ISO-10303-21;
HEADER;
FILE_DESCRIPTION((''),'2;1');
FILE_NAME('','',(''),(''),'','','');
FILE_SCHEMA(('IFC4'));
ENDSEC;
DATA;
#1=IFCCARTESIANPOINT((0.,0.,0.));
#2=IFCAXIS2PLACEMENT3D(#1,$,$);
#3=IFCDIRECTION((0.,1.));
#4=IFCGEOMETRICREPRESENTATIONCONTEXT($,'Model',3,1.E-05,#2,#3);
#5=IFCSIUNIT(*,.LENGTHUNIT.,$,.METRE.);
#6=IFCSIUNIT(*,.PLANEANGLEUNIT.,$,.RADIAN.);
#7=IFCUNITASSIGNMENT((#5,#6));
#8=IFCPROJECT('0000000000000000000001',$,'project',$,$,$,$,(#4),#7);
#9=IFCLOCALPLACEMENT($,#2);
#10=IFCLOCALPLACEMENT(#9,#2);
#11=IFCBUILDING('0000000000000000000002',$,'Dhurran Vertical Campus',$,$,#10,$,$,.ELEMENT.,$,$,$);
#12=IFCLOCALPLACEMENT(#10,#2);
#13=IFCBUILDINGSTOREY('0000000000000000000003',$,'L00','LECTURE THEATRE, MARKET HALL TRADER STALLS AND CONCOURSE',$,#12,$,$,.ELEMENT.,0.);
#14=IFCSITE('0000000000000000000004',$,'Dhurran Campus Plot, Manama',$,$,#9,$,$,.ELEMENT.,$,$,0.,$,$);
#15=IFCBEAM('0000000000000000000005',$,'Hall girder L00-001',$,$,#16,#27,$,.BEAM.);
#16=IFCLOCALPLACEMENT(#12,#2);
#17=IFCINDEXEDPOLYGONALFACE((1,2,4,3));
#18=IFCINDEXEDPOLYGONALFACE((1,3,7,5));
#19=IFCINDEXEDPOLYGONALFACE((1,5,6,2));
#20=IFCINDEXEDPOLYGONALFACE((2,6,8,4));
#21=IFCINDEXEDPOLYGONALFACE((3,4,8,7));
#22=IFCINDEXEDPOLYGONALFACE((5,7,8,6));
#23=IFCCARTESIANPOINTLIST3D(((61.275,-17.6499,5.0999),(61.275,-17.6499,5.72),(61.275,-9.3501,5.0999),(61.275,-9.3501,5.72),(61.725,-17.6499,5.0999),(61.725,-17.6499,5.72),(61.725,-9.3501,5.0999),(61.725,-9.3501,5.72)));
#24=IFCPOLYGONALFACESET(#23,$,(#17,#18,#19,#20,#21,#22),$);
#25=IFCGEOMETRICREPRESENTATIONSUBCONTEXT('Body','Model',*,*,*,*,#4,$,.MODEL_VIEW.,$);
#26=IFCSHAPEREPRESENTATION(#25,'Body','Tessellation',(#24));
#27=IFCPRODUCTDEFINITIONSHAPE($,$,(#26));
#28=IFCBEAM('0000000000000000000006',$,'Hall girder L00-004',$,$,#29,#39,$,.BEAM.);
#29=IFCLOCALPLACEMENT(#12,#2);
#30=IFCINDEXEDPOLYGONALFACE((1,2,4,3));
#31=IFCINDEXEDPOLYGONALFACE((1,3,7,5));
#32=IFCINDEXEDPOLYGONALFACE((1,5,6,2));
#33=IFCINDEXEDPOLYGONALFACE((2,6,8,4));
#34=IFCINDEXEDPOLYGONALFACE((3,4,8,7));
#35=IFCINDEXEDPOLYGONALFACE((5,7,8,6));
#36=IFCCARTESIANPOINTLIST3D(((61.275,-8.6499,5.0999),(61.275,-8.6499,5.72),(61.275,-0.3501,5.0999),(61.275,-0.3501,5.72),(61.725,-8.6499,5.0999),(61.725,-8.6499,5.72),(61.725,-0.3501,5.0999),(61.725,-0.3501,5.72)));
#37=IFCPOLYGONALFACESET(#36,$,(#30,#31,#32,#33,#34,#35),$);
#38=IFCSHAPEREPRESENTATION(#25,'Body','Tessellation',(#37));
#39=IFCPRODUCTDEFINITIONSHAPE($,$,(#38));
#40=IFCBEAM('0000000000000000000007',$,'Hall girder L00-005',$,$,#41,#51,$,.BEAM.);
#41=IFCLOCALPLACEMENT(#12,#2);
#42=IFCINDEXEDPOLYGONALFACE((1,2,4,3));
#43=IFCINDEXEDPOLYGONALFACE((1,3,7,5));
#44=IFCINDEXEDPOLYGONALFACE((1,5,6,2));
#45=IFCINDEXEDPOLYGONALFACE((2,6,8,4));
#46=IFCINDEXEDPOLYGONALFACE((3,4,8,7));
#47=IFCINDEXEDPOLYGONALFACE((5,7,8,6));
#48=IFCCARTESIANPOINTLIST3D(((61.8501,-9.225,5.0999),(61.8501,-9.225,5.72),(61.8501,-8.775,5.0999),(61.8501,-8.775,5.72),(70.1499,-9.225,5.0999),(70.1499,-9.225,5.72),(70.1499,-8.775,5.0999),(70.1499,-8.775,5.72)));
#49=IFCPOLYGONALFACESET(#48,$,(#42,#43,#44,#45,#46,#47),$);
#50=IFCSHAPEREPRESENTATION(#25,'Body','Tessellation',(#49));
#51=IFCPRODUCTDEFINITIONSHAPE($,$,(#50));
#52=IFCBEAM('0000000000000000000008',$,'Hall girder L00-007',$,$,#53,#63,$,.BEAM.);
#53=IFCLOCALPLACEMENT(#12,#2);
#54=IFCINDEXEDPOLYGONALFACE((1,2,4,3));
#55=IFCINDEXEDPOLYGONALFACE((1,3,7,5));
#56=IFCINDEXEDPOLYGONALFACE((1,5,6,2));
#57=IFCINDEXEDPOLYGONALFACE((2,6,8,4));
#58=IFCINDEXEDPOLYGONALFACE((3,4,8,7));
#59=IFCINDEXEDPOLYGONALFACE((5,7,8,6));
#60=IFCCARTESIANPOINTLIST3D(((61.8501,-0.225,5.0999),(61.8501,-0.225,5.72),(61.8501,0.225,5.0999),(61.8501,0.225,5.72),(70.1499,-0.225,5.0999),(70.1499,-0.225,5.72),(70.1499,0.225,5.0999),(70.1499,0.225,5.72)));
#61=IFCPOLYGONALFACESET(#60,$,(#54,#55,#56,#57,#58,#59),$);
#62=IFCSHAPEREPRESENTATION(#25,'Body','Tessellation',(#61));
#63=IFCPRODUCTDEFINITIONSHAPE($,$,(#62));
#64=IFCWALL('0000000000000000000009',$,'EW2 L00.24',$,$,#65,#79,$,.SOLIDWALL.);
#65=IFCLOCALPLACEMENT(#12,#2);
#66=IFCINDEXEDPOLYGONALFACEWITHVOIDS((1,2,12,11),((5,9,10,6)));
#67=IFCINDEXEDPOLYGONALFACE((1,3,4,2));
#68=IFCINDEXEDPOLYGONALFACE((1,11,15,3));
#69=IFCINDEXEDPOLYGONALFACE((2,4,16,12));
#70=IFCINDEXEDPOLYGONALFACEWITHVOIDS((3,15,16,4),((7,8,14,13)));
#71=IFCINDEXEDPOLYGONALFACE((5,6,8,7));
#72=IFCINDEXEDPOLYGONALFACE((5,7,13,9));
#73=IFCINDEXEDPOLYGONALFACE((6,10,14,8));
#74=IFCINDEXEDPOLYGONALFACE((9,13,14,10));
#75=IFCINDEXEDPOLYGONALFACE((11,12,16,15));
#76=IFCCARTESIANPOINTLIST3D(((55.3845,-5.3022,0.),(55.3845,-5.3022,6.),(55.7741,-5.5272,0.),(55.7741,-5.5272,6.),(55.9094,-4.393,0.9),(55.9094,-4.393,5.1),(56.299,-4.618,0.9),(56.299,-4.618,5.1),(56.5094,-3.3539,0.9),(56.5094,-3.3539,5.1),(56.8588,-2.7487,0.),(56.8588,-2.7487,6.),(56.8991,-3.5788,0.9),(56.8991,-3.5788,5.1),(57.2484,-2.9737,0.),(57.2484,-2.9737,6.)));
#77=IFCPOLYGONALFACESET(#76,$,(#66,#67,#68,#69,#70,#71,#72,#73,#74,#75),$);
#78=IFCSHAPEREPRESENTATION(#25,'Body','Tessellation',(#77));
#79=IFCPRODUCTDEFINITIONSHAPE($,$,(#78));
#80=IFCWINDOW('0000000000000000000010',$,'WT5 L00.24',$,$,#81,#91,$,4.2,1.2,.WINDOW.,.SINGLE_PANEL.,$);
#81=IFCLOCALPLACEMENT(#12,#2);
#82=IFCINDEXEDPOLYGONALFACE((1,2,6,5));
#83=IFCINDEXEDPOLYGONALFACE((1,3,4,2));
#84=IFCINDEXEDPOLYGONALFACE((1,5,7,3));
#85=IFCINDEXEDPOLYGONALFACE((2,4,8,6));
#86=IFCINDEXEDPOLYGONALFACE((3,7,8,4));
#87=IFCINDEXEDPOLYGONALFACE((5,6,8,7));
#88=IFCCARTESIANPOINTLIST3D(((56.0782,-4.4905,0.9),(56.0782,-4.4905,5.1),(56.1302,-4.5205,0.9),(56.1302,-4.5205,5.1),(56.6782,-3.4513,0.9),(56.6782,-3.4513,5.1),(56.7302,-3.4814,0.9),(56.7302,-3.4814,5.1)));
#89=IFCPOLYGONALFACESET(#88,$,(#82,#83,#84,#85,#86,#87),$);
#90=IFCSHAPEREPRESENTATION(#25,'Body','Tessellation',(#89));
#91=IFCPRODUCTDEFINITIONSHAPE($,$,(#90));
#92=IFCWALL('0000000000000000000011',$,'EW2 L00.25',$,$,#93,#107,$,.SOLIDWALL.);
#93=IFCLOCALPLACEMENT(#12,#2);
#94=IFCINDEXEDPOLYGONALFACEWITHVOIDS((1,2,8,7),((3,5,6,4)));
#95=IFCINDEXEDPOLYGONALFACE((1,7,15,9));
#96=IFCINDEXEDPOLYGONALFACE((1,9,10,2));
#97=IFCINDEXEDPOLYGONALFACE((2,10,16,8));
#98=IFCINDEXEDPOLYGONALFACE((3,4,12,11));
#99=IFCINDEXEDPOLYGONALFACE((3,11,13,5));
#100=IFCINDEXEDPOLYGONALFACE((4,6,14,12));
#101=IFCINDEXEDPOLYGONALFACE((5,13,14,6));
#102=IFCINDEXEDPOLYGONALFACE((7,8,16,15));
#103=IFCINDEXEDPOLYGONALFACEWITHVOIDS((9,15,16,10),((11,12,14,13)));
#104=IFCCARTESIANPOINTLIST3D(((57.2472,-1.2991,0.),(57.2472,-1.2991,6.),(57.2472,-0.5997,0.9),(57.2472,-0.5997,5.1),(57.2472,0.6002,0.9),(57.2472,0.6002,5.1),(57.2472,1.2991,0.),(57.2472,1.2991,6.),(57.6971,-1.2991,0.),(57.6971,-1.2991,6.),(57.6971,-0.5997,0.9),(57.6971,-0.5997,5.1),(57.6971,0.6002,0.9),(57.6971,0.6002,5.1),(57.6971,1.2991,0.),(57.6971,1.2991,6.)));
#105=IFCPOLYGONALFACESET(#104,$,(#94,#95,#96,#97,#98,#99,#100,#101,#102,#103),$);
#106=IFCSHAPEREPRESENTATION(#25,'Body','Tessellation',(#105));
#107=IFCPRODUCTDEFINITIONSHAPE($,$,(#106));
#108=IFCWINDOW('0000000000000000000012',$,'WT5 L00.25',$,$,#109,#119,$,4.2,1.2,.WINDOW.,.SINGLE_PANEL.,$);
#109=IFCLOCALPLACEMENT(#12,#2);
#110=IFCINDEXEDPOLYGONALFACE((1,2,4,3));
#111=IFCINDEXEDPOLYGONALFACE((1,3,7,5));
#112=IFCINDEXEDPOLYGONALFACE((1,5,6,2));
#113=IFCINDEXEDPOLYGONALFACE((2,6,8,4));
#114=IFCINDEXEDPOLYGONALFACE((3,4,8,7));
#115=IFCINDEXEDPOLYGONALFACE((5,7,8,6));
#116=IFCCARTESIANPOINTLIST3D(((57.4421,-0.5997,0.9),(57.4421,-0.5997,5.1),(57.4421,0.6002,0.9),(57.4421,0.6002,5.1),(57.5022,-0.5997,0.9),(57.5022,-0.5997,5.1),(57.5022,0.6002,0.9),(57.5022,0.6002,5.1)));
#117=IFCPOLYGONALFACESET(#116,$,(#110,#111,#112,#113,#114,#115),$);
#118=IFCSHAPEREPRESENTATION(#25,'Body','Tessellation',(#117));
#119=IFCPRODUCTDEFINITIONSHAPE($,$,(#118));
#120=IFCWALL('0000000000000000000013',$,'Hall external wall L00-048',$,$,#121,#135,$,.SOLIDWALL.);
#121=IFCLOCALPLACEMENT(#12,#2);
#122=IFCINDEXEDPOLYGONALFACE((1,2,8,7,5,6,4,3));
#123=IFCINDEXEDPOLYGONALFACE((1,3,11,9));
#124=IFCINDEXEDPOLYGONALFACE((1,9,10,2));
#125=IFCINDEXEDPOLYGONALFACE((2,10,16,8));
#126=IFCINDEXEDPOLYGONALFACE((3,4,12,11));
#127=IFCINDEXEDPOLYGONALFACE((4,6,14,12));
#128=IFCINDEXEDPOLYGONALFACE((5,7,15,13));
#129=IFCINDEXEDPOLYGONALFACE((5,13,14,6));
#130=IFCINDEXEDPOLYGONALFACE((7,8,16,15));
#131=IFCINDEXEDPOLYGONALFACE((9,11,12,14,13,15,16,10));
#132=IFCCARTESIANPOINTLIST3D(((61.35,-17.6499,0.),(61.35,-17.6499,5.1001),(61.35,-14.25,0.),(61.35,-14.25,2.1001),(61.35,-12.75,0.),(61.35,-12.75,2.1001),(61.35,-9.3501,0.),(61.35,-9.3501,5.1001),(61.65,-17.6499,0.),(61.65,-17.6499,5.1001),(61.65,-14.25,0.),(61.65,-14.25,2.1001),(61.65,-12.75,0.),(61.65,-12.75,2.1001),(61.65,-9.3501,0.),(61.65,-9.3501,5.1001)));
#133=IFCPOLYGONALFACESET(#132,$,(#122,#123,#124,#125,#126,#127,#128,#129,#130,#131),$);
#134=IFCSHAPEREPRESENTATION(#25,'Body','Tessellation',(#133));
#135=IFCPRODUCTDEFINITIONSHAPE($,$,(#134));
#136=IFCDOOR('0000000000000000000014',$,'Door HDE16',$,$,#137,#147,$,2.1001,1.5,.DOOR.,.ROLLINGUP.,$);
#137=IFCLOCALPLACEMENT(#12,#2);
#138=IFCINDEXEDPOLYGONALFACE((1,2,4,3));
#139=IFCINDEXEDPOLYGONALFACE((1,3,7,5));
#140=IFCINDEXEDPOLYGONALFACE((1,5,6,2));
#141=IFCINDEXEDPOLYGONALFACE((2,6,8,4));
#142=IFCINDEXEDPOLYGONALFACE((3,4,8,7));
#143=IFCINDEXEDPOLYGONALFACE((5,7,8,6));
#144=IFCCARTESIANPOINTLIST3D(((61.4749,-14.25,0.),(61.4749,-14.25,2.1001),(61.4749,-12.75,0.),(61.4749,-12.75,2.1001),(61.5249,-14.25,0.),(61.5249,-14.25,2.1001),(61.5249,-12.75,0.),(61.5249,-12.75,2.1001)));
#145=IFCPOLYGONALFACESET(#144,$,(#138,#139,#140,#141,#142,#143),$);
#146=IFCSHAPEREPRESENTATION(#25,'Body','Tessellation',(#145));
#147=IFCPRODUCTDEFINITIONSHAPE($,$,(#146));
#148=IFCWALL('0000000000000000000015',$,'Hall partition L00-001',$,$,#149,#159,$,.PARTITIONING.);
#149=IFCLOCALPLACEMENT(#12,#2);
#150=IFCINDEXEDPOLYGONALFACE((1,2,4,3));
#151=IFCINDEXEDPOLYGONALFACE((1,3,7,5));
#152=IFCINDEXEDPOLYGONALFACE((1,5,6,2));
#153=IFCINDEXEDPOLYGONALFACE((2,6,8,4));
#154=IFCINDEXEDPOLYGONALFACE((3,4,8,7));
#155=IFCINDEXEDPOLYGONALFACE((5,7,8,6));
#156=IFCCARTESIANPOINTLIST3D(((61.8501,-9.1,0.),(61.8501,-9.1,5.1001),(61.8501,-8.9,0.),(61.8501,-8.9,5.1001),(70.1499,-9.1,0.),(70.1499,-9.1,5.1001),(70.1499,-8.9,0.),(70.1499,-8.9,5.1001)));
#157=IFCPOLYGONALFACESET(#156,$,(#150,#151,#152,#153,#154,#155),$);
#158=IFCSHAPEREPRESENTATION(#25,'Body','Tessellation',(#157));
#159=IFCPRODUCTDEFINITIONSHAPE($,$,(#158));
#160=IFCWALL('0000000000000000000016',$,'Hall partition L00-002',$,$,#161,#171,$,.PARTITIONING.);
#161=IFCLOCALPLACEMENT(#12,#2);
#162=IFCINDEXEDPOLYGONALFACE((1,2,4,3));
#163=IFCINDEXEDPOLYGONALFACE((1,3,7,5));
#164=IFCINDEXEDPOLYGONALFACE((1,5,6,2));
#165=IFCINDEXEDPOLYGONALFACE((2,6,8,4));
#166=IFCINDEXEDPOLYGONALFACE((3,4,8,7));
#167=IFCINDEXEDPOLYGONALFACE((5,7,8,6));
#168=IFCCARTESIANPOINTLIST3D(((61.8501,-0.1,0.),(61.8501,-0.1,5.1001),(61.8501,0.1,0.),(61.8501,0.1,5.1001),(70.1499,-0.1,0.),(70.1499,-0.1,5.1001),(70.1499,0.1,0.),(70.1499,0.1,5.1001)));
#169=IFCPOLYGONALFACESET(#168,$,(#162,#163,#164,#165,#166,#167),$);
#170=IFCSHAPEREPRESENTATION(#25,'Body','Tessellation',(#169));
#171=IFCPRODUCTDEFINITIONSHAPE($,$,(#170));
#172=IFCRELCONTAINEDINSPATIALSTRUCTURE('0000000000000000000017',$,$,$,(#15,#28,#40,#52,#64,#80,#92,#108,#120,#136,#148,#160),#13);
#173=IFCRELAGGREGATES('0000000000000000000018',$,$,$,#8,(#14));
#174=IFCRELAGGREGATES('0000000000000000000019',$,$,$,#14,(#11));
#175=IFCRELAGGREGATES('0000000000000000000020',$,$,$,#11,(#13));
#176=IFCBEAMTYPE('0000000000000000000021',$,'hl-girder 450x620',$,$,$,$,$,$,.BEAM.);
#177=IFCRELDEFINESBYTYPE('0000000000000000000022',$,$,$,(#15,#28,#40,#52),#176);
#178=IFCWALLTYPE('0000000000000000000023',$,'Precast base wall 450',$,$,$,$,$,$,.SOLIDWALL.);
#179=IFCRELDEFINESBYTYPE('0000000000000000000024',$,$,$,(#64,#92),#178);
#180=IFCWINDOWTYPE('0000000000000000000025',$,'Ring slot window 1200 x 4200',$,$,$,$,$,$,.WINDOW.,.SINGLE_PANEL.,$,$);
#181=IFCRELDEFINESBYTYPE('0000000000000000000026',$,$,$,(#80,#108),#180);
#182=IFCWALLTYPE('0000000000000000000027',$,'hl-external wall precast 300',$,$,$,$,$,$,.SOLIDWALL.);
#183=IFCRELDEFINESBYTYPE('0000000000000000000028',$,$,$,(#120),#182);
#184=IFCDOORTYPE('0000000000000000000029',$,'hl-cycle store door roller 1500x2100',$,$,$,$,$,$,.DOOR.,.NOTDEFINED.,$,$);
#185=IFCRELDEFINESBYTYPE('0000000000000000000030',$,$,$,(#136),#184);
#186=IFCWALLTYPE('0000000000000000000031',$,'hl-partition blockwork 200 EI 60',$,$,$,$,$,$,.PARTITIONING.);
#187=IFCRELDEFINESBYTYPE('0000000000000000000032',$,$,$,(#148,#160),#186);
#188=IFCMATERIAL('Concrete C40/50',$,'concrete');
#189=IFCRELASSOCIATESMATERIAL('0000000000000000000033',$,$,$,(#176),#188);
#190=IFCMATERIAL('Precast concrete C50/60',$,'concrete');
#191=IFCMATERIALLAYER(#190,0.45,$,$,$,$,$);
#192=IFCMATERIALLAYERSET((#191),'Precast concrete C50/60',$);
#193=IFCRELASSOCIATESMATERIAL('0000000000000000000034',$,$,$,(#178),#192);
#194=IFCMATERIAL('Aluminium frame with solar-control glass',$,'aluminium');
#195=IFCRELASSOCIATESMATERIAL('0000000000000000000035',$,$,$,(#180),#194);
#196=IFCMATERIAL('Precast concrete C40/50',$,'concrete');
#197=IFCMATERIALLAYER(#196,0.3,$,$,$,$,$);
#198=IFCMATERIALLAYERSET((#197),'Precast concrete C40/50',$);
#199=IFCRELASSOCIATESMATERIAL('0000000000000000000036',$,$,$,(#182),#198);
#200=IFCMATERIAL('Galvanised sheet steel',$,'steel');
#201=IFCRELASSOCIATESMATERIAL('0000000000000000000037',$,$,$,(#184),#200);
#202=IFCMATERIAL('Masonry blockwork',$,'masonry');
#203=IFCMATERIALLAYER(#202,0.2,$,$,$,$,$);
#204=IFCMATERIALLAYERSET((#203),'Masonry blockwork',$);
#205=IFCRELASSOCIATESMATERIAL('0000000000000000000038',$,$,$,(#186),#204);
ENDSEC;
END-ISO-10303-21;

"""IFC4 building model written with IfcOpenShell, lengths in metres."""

from ifc_helpers import new_model, si_unit, direction, frame, frame_2d, origin, origin_2d, place, context, subcontext, project, spatial, rectangle, extrude, material, layer, layer_set, material_profile, profile_set, type_object, element, fill, save


model = new_model("IFC4")

# Units and contexts
model_context = context("Model", 3, precision=1e-05, world=origin(), true_north=direction((0.0, 1.0)))
body_context = subcontext(model_context, "Body", "Model", "MODEL_VIEW")
ifc_project = project(units=[si_unit("LENGTHUNIT", "METRE"), si_unit("PLANEANGLEUNIT", "RADIAN")], contexts=[model_context])

# Site, building, storey
site_placement = place(None, origin())
site = spatial("IfcSite", under=ifc_project, at=site_placement, Name="Dhurran Campus Plot, Manama", CompositionType="ELEMENT", RefElevation=0.0)
building_placement = place(site_placement, origin())
building = spatial("IfcBuilding", under=site, at=building_placement, Name="Dhurran Vertical Campus", CompositionType="ELEMENT")
storey_placement = place(building_placement, origin())
storey = spatial("IfcBuildingStorey", under=building, at=storey_placement, Name="L00", Description="LECTURE THEATRE, MARKET HALL TRADER STALLS AND CONCOURSE", CompositionType="ELEMENT", Elevation=0.0)

# Beams
ifc_material_1 = material(Name="Concrete C40/50", Category="concrete")
ifc_material_profile_1 = material_profile(ifc_material_1, rectangle(XDim=0.45, YDim=0.6201, at=origin_2d()), Name="hl-girder 450x620")
ifc_profile_set_1 = profile_set([ifc_material_profile_1], Name="Concrete C40/50")
beam_type = type_object("IfcBeamType", Name="hl-girder 450x620", PredefinedType="BEAM", material=ifc_profile_set_1)
for number, where, z_axis, x_axis, name in (
    (1, (61.5, -17.6499, 5.4099), (0.0, 1.0, 0.0), (-1.0, 0.0, 0.0), "Hall girder L00-001"),
    (2, (61.5, -8.6499, 5.4099), (0.0, 1.0, 0.0), (-1.0, 0.0, 0.0), "Hall girder L00-004"),
    (3, (61.8501, -9.0, 5.4099), (1.0, 0.0, 0.0), (0.0, 1.0, 0.0), "Hall girder L00-005"),
    (4, (61.8501, 0.0, 5.4099), (1.0, 0.0, 0.0), (0.0, 1.0, 0.0), "Hall girder L00-007"),
):
    element("IfcBeam", number, at=place(storey_placement, frame(where, z_axis=z_axis, x_axis=x_axis)), inside=storey, type_object=beam_type, Name=name, PredefinedType="BEAM", context=body_context, shape_type="SweptSolid", body=[
        extrude(rectangle(XDim=0.45, YDim=0.6201, at=origin_2d()), origin(), (0.0, 0.0, 1.0), 8.2998),
    ])

# Walls, openings, windows
ifc_material_2 = material(Name="Precast concrete C50/60", Category="concrete")
ifc_layer_1 = layer(ifc_material_2, 0.45)
ifc_layer_set_1 = layer_set([ifc_layer_1], Name="Precast concrete C50/60")
wall_type_1 = type_object("IfcWallType", Name="Precast base wall 450", PredefinedType="SOLIDWALL", material=ifc_layer_set_1)
wall_1_placement = place(storey_placement, frame((55.5793, -5.4146, 0.0), z_axis=(0.0, 0.0, 1.0), x_axis=(0.500031, 0.866008, 0.0)))
wall_1 = element("IfcWall", 5, at=wall_1_placement, inside=storey, type_object=wall_type_1, Name="EW2 L00.24", PredefinedType="SOLIDWALL", context=body_context, shape_type="SweptSolid", body=[
    extrude(rectangle(XDim=2.9485, YDim=0.45, at=frame_2d((1.4741, 0.0))), origin(), (0.0, 0.0, 1.0), 6.0),
])
opening_1_placement = place(wall_1_placement, frame((1.0496, 0.0, 0.8999)))
opening_1 = element("IfcOpeningElement", 6, at=opening_1_placement, cuts=wall_1, PredefinedType="OPENING", context=body_context, shape_type="SweptSolid", body=[
    extrude(rectangle(XDim=1.2, YDim=4.2, at=frame_2d((0.6001, 2.1001))), frame((0.0, 0.2349, 0.0), z_axis=(0.0, -1.0, 0.0), x_axis=(1.0, 0.0, 0.0)), (0.0, 0.0, 1.0), 0.47),
])
ifc_material_3 = material(Name="Aluminium frame with solar-control glass", Category="aluminium")
window_type_1 = type_object("IfcWindowType", Name="Ring slot window 1200 x 4200", PartitioningType="SINGLE_PANEL", PredefinedType="WINDOW", material=ifc_material_3)
window_1_placement = place(opening_1_placement, origin())
window_1 = element("IfcWindow", 7, at=window_1_placement, inside=storey, type_object=window_type_1, Name="WT5 L00.24", OverallHeight=4.2, OverallWidth=1.2, PartitioningType="SINGLE_PANEL", PredefinedType="WINDOW", context=body_context, shape_type="SweptSolid", body=[
    extrude(rectangle(XDim=1.2, YDim=4.2, at=frame_2d((0.6001, 2.1001))), frame((0.0, 0.03, 0.0), z_axis=(0.0, -1.0, 0.0), x_axis=(1.0, 0.0, 0.0)), (0.0, 0.0, 1.0), 0.0601),
])
fill(opening_1, window_1)
wall_2_placement = place(storey_placement, frame((57.4722, -1.2991, 0.0), z_axis=(0.0, 0.0, 1.0), x_axis=(0.0, 1.0, 0.0)))
wall_2 = element("IfcWall", 8, at=wall_2_placement, inside=storey, type_object=wall_type_1, Name="EW2 L00.25", PredefinedType="SOLIDWALL", context=body_context, shape_type="SweptSolid", body=[
    extrude(rectangle(XDim=2.5981, YDim=0.45, at=frame_2d((1.2991, 0.0))), origin(), (0.0, 0.0, 1.0), 6.0),
])
opening_2_placement = place(wall_2_placement, frame((0.6992, 0.0, 0.8999)))
opening_2 = element("IfcOpeningElement", 9, at=opening_2_placement, cuts=wall_2, PredefinedType="OPENING", context=body_context, shape_type="SweptSolid", body=[
    extrude(rectangle(XDim=1.2, YDim=4.2, at=frame_2d((0.6001, 2.1001))), frame((0.0, 0.2349, 0.0), z_axis=(0.0, -1.0, 0.0), x_axis=(1.0, 0.0, 0.0)), (0.0, 0.0, 1.0), 0.47),
])
window_2_placement = place(opening_2_placement, origin())
window_2 = element("IfcWindow", 10, at=window_2_placement, inside=storey, type_object=window_type_1, Name="WT5 L00.25", OverallHeight=4.2, OverallWidth=1.2, PartitioningType="SINGLE_PANEL", PredefinedType="WINDOW", context=body_context, shape_type="SweptSolid", body=[
    extrude(rectangle(XDim=1.2, YDim=4.2, at=frame_2d((0.6001, 2.1001))), frame((0.0, 0.03, 0.0), z_axis=(0.0, -1.0, 0.0), x_axis=(1.0, 0.0, 0.0)), (0.0, 0.0, 1.0), 0.0601),
])
fill(opening_2, window_2)

# Shared definitions
ifc_material_4 = material(Name="Precast concrete C40/50", Category="concrete")
ifc_layer_2 = layer(ifc_material_4, 0.3)
ifc_layer_set_2 = layer_set([ifc_layer_2], Name="Precast concrete C40/50")
wall_type_2 = type_object("IfcWallType", Name="hl-external wall precast 300", PredefinedType="SOLIDWALL", material=ifc_layer_set_2)

# Wall, opening, door
wall_3_placement = place(storey_placement, frame((61.5, -9.3501, 0.0), z_axis=(0.0, 0.0, 1.0), x_axis=(0.0, -1.0, 0.0)))
wall_3 = element("IfcWall", 11, at=wall_3_placement, inside=storey, type_object=wall_type_2, Name="Hall external wall L00-048", PredefinedType="SOLIDWALL", context=body_context, shape_type="SweptSolid", body=[
    extrude(rectangle(XDim=8.2998, YDim=0.3, at=frame_2d((4.1499, 0.0))), origin(), (0.0, 0.0, 1.0), 5.1001),
])
opening_3_placement = place(wall_3_placement, frame((3.3999, 0.0, 0.0)))
opening_3 = element("IfcOpeningElement", 12, at=opening_3_placement, cuts=wall_3, PredefinedType="OPENING", context=body_context, shape_type="SweptSolid", body=[
    extrude(rectangle(XDim=1.5, YDim=2.1001, at=frame_2d((0.75, 1.05))), frame((0.0, 0.1599, 0.0), z_axis=(0.0, -1.0, 0.0), x_axis=(1.0, 0.0, 0.0)), (0.0, 0.0, 1.0), 0.3201),
])
ifc_material_5 = material(Name="Galvanised sheet steel", Category="steel")
door_type_1 = type_object("IfcDoorType", Name="hl-cycle store door roller 1500x2100", OperationType="NOTDEFINED", PredefinedType="DOOR", material=ifc_material_5)
door_1_placement = place(opening_3_placement, origin())
door_1 = element("IfcDoor", 13, at=door_1_placement, inside=storey, type_object=door_type_1, Name="Door HDE16", OperationType="ROLLINGUP", OverallHeight=2.1001, OverallWidth=1.5, PredefinedType="DOOR", context=body_context, shape_type="SweptSolid", body=[
    extrude(rectangle(XDim=1.5, YDim=2.1001, at=frame_2d((0.75, 1.05))), frame((0.0, 0.0249, 0.0), z_axis=(0.0, -1.0, 0.0), x_axis=(1.0, 0.0, 0.0)), (0.0, 0.0, 1.0), 0.05),
])
fill(opening_3, door_1)

# Walls
ifc_material_6 = material(Name="Masonry blockwork", Category="masonry")
ifc_layer_3 = layer(ifc_material_6, 0.2)
ifc_layer_set_3 = layer_set([ifc_layer_3], Name="Masonry blockwork")
wall_type_3 = type_object("IfcWallType", Name="hl-partition blockwork 200 EI 60", PredefinedType="PARTITIONING", material=ifc_layer_set_3)
for number, where, z_axis, x_axis, name in (
    (14, (61.8501, -9.0, 0.0), (0.0, 0.0, 1.0), (1.0, 0.0, 0.0), "Hall partition L00-001"),
    (15, (61.8501, 0.0, 0.0), (0.0, 0.0, 1.0), (1.0, 0.0, 0.0), "Hall partition L00-002"),
):
    element("IfcWall", number, at=place(storey_placement, frame(where, z_axis=z_axis, x_axis=x_axis)), inside=storey, type_object=wall_type_3, Name=name, PredefinedType="PARTITIONING", context=body_context, shape_type="SweptSolid", body=[
        extrude(rectangle(XDim=8.2998, YDim=0.2, at=frame_2d((4.1499, 0.0))), origin(), (0.0, 0.0, 1.0), 5.1001),
    ])

save(model, "model.ifc")
